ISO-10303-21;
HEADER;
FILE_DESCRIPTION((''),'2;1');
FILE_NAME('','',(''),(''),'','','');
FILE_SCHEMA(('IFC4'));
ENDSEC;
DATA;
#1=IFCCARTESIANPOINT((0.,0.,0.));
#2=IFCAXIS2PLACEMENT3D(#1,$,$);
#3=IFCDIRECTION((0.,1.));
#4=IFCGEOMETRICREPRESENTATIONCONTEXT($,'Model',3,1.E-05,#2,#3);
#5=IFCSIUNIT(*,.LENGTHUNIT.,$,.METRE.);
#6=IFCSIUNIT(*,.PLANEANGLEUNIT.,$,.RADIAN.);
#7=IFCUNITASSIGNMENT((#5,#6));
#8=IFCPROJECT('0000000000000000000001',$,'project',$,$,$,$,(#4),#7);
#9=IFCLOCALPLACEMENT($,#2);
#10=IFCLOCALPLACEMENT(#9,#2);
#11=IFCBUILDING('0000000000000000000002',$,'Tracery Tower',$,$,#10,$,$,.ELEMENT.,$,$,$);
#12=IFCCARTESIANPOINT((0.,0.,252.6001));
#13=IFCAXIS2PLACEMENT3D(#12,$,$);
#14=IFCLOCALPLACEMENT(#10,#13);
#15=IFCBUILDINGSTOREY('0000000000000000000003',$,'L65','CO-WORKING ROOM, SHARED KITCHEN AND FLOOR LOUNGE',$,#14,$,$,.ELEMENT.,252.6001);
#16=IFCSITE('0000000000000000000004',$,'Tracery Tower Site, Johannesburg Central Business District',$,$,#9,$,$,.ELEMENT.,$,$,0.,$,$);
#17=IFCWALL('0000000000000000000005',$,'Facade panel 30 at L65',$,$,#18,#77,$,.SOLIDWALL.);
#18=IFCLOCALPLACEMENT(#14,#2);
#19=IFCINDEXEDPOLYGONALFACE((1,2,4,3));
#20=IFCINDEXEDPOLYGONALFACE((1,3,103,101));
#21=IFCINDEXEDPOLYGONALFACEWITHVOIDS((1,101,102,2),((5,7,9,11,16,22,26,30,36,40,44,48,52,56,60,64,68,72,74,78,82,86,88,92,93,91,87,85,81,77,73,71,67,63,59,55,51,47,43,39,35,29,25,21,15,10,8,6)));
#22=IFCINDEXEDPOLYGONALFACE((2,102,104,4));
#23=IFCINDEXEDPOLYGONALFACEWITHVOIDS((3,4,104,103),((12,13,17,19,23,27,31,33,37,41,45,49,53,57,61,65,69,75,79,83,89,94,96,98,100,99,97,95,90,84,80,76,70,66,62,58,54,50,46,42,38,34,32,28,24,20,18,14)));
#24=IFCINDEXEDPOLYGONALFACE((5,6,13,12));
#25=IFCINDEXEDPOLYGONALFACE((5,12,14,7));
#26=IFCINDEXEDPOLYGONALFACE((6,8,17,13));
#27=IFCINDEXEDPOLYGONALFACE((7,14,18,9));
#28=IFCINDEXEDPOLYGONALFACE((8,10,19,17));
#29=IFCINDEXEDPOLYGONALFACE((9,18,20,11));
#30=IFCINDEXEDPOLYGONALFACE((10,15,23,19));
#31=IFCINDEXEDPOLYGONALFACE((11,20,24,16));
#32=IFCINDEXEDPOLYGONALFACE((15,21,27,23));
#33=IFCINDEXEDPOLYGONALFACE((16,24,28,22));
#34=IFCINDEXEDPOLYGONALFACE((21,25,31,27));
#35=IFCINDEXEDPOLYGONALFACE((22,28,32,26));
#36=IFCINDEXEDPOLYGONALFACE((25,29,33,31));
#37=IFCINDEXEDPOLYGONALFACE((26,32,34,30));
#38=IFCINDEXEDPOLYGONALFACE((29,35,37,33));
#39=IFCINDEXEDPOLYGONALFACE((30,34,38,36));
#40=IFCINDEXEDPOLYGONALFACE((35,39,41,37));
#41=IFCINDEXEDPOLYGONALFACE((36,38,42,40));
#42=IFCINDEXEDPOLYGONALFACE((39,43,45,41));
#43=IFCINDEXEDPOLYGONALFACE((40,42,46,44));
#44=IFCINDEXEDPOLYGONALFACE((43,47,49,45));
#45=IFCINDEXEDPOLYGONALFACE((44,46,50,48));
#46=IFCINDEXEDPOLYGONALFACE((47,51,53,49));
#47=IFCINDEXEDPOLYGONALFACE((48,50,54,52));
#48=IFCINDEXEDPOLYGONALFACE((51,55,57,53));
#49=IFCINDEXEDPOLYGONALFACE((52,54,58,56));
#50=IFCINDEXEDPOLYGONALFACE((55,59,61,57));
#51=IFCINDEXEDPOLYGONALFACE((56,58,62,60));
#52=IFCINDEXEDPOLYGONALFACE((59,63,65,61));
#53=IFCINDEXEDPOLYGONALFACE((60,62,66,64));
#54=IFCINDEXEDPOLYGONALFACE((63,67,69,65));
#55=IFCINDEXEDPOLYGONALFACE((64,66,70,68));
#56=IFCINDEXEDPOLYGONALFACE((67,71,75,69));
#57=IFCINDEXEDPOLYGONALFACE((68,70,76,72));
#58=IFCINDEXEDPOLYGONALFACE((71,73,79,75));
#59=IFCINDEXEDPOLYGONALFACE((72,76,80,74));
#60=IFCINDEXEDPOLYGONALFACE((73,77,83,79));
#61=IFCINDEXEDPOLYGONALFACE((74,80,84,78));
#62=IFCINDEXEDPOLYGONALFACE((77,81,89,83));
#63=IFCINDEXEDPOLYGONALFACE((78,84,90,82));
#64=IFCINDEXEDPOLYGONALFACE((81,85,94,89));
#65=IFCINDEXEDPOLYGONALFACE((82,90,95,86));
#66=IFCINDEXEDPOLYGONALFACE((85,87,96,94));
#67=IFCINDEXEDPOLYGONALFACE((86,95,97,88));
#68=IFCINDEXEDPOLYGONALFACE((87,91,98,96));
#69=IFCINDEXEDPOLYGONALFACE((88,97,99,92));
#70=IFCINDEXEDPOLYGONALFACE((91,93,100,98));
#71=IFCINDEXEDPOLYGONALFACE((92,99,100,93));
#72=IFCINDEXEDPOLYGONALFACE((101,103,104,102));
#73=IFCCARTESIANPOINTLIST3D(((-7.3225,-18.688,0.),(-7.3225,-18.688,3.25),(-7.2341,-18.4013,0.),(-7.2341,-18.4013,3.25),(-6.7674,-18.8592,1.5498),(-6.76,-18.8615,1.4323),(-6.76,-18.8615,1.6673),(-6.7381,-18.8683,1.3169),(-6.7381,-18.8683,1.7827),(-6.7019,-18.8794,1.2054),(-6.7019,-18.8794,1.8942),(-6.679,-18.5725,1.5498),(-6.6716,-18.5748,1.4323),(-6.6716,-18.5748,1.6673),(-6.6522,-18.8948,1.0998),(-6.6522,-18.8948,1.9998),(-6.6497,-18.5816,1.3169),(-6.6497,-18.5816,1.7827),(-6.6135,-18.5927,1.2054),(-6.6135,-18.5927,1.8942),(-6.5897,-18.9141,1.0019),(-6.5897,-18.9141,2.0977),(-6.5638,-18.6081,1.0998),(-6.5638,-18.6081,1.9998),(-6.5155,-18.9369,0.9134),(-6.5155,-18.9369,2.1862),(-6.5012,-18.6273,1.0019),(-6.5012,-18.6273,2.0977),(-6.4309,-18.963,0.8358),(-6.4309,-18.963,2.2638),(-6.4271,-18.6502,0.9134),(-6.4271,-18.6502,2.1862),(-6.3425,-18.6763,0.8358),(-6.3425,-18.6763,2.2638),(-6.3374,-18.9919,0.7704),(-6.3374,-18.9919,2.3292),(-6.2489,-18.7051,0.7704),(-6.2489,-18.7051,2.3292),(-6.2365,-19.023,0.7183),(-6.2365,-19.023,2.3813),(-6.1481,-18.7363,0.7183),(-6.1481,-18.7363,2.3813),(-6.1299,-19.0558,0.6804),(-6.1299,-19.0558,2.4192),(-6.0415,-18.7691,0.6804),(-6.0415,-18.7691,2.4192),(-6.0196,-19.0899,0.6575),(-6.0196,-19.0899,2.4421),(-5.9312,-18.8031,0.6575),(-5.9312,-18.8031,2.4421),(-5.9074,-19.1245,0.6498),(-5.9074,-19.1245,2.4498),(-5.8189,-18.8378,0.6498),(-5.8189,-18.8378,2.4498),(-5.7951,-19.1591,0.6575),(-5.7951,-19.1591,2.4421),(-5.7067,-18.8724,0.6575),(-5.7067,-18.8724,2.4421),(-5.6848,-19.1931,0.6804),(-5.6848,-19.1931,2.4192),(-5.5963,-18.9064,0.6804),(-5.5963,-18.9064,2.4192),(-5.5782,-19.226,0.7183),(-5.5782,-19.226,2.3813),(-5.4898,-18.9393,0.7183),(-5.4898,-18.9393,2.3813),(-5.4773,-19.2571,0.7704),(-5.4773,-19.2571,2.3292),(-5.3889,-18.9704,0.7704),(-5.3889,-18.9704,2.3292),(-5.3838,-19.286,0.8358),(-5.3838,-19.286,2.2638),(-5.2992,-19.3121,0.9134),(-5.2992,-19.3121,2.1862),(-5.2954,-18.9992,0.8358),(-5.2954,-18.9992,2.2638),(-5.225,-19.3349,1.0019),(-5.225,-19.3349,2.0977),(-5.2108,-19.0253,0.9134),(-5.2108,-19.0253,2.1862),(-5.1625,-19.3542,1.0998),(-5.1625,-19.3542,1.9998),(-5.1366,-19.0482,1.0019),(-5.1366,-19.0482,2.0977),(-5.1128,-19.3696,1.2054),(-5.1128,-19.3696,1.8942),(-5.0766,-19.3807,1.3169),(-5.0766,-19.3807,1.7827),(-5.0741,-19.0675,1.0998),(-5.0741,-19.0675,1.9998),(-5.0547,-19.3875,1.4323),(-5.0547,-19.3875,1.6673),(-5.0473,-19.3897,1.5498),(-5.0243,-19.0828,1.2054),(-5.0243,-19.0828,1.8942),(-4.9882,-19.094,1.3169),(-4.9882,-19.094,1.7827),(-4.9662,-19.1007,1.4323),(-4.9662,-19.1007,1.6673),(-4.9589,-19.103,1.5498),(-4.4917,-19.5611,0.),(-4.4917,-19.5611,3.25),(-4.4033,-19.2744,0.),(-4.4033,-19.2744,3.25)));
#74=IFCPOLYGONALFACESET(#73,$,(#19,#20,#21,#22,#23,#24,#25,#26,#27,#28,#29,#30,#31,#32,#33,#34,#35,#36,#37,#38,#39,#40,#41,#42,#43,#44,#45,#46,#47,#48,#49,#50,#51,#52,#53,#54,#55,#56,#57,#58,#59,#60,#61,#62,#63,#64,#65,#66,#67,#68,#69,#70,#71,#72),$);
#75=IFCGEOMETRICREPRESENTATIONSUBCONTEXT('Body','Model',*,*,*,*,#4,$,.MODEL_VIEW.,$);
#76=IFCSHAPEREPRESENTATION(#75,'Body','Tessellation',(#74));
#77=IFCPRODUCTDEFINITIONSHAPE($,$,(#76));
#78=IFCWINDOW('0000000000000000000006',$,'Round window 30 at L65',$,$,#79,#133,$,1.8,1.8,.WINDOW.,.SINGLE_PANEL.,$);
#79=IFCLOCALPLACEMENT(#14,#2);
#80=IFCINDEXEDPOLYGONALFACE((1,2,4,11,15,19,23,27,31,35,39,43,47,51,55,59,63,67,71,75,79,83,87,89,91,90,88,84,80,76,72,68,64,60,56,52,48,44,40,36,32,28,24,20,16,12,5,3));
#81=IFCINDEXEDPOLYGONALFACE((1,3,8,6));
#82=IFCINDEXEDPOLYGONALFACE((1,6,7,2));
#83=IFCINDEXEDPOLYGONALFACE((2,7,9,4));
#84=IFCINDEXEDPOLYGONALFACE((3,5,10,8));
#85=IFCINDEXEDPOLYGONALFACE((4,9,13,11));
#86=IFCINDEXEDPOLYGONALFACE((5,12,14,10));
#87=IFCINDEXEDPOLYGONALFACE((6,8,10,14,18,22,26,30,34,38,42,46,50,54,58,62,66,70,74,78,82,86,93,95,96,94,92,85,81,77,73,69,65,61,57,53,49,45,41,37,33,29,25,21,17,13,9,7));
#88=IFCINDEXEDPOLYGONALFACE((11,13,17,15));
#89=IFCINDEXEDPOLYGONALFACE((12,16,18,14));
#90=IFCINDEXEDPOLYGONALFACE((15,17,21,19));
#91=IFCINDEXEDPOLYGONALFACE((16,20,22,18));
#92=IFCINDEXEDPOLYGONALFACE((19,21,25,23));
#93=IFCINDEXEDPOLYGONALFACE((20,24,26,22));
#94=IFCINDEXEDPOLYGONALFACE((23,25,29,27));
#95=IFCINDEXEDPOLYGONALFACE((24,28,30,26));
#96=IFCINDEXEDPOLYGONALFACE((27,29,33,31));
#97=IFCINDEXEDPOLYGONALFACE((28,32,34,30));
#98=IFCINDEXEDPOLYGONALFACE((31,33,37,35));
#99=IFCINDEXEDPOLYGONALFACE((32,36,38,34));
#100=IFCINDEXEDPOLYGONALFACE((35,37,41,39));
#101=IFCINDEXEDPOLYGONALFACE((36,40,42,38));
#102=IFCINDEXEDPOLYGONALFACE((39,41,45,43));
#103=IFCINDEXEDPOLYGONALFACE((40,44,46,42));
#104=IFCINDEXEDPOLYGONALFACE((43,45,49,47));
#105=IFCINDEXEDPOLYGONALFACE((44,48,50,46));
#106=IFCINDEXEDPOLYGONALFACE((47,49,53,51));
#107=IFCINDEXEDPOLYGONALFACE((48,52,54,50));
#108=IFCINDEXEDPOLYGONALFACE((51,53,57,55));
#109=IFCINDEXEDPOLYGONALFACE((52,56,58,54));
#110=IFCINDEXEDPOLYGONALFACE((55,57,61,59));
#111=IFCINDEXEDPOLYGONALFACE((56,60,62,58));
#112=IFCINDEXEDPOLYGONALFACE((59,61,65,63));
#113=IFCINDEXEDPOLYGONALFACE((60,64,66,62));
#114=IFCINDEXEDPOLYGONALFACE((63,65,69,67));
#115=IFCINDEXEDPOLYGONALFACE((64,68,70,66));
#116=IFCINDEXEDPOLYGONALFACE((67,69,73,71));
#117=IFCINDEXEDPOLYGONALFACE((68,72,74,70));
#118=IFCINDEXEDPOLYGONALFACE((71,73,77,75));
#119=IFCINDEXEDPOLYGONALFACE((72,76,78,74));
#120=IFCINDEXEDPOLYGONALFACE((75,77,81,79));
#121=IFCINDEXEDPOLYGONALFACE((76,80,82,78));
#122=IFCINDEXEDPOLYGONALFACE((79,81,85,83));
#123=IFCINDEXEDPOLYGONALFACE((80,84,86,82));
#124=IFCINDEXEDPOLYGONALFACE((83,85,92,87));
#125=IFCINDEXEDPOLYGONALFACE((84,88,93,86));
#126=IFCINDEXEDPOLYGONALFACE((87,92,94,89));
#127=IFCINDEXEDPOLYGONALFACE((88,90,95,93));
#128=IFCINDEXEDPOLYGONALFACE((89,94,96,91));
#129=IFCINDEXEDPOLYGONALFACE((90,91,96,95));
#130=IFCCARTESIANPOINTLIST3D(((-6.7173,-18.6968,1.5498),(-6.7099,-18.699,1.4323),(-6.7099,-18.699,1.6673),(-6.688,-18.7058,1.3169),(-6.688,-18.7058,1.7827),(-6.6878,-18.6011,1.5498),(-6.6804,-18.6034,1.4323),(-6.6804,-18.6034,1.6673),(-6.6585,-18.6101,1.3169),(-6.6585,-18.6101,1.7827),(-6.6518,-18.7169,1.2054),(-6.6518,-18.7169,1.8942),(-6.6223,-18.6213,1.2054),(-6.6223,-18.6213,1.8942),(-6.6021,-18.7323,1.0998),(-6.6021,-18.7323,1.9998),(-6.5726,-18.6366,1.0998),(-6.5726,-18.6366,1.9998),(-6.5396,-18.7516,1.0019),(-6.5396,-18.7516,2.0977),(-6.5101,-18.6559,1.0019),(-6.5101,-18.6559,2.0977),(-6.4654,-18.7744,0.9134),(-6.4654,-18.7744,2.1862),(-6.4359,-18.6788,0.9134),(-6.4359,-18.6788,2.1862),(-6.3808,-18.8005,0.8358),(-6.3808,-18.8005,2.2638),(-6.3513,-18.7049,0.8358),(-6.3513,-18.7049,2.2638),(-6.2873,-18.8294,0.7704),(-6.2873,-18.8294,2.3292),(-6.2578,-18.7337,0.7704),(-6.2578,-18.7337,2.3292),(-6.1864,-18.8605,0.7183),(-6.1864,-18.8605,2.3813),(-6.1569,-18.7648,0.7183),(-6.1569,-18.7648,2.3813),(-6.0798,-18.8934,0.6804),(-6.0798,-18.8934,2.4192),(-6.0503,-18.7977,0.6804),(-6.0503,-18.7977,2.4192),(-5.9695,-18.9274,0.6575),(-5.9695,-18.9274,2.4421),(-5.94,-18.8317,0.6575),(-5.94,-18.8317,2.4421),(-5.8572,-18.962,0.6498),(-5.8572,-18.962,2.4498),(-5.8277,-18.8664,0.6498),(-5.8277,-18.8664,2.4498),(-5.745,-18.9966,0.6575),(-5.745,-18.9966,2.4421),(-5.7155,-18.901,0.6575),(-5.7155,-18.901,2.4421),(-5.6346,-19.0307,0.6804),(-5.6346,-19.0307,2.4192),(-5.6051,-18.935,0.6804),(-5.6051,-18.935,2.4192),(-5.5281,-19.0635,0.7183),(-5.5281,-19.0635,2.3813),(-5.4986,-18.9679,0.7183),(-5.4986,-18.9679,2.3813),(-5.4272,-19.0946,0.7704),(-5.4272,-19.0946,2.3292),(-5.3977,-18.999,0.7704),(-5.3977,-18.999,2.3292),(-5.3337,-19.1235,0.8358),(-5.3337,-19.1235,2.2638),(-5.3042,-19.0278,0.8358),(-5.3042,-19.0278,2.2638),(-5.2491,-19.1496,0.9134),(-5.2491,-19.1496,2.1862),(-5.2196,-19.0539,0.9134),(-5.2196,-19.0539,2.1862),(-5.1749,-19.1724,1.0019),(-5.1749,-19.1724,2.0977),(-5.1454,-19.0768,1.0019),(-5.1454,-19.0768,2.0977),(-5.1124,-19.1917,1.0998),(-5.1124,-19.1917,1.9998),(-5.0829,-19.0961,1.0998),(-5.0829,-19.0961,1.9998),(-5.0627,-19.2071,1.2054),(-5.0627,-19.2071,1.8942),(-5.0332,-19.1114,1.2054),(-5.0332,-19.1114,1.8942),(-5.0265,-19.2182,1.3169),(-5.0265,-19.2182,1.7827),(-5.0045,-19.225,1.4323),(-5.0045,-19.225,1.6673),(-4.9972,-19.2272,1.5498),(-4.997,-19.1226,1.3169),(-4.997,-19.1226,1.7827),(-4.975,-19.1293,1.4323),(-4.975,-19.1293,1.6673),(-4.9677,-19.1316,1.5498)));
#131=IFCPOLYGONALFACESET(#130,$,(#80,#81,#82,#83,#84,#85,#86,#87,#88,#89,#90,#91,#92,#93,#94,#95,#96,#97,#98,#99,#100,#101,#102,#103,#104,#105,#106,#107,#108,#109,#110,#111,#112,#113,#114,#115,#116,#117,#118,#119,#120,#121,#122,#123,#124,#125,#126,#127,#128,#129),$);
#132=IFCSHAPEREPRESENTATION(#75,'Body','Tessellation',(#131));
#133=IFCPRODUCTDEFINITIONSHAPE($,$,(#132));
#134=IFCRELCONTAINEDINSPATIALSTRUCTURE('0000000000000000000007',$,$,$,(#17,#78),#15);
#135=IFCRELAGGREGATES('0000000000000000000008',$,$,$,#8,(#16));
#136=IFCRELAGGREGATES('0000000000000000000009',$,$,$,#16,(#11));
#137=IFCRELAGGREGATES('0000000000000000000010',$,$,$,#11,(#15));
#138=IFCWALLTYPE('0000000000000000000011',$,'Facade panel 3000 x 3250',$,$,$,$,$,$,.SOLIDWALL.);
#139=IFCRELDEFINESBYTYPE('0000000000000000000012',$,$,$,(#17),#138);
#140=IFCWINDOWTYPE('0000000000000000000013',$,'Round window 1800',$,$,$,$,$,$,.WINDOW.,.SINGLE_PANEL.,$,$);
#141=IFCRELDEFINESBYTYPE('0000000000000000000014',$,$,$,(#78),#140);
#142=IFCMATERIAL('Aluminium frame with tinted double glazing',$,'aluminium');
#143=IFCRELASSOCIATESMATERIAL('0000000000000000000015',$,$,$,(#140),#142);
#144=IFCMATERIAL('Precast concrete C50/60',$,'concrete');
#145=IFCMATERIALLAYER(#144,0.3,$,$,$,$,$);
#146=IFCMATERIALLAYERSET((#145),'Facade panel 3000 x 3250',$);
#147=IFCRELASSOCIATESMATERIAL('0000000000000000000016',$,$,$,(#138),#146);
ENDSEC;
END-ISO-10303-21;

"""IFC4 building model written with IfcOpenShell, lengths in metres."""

from ifc_helpers import new_model, si_unit, direction, frame, frame_2d, origin, origin_2d, place, context, subcontext, project, spatial, rectangle, circle, extrude, material, layer, layer_set, type_object, element, fill, save


model = new_model("IFC4")

# Units and contexts
model_context = context("Model", 3, precision=1e-05, world=origin(), true_north=direction((0.0, 1.0)))
body_context = subcontext(model_context, "Body", "Model", "MODEL_VIEW")
ifc_project = project(units=[si_unit("LENGTHUNIT", "METRE"), si_unit("PLANEANGLEUNIT", "RADIAN")], contexts=[model_context])

# Site, building, storey
site_placement = place(None, origin())
site = spatial("IfcSite", under=ifc_project, at=site_placement, Name="Tracery Tower Site, Johannesburg Central Business District", CompositionType="ELEMENT", RefElevation=0.0)
building_placement = place(site_placement, origin())
building = spatial("IfcBuilding", under=site, at=building_placement, Name="Tracery Tower", CompositionType="ELEMENT")
storey_placement = place(building_placement, frame((0.0, 0.0, 252.6001)))
storey = spatial("IfcBuildingStorey", under=building, at=storey_placement, Name="L65", Description="CO-WORKING ROOM, SHARED KITCHEN AND FLOOR LOUNGE", CompositionType="ELEMENT", Elevation=252.6001)

# Wall, opening, window
ifc_material_1 = material(Name="Aluminium frame with tinted double glazing", Category="aluminium")
window_type = type_object("IfcWindowType", Name="Round window 1800", PartitioningType="SINGLE_PANEL", PredefinedType="WINDOW", material=ifc_material_1)
ifc_material_2 = material(Name="Precast concrete C50/60", Category="concrete")
ifc_layer_1 = layer(ifc_material_2, 0.3)
ifc_layer_set_1 = layer_set([ifc_layer_1], Name="Facade panel 3000 x 3250")
wall_type_1 = type_object("IfcWallType", Name="Facade panel 3000 x 3250", PredefinedType="SOLIDWALL", material=ifc_layer_set_1)
wall_1_placement = place(storey_placement, frame((-7.2783, -18.5447, 0.0), z_axis=(0.0, 0.0, 1.0), x_axis=(0.955586, -0.294711, 0.0)))
wall_1 = element("IfcWall", 1, at=wall_1_placement, inside=storey, type_object=wall_type_1, Name="Facade panel 30 at L65", PredefinedType="SOLIDWALL", context=body_context, shape_type="SweptSolid", body=[
    extrude(rectangle(XDim=2.9624, YDim=0.3, at=frame_2d((1.4812, 0.0))), origin(), (0.0, 0.0, 1.0), 3.25),
])
opening_1_placement = place(wall_1_placement, frame((1.481, 0.0, 1.5498)))
opening_1 = element("IfcOpeningElement", 2, at=opening_1_placement, cuts=wall_1, PredefinedType="OPENING", context=body_context, shape_type="SweptSolid", body=[
    extrude(circle(Radius=0.9, at=origin_2d()), frame((0.0, 0.1599, 0.0), z_axis=(0.0, -1.0, 0.0), x_axis=(1.0, 0.0, 0.0)), (0.0, 0.0, 1.0), 0.3201),
])
window_1_placement = place(opening_1_placement, origin())
window_1 = element("IfcWindow", 3, at=window_1_placement, inside=storey, type_object=window_type, Name="Round window 30 at L65", OverallHeight=1.8, OverallWidth=1.8, PartitioningType="SINGLE_PANEL", PredefinedType="WINDOW", context=body_context, shape_type="SweptSolid", body=[
    extrude(circle(Radius=0.9, at=origin_2d()), frame((0.0, 0.1201, 0.0), z_axis=(0.0, -1.0, 0.0), x_axis=(1.0, 0.0, 0.0)), (0.0, 0.0, 1.0), 0.1001),
])
fill(opening_1, window_1)

save(model, "model.ifc")
